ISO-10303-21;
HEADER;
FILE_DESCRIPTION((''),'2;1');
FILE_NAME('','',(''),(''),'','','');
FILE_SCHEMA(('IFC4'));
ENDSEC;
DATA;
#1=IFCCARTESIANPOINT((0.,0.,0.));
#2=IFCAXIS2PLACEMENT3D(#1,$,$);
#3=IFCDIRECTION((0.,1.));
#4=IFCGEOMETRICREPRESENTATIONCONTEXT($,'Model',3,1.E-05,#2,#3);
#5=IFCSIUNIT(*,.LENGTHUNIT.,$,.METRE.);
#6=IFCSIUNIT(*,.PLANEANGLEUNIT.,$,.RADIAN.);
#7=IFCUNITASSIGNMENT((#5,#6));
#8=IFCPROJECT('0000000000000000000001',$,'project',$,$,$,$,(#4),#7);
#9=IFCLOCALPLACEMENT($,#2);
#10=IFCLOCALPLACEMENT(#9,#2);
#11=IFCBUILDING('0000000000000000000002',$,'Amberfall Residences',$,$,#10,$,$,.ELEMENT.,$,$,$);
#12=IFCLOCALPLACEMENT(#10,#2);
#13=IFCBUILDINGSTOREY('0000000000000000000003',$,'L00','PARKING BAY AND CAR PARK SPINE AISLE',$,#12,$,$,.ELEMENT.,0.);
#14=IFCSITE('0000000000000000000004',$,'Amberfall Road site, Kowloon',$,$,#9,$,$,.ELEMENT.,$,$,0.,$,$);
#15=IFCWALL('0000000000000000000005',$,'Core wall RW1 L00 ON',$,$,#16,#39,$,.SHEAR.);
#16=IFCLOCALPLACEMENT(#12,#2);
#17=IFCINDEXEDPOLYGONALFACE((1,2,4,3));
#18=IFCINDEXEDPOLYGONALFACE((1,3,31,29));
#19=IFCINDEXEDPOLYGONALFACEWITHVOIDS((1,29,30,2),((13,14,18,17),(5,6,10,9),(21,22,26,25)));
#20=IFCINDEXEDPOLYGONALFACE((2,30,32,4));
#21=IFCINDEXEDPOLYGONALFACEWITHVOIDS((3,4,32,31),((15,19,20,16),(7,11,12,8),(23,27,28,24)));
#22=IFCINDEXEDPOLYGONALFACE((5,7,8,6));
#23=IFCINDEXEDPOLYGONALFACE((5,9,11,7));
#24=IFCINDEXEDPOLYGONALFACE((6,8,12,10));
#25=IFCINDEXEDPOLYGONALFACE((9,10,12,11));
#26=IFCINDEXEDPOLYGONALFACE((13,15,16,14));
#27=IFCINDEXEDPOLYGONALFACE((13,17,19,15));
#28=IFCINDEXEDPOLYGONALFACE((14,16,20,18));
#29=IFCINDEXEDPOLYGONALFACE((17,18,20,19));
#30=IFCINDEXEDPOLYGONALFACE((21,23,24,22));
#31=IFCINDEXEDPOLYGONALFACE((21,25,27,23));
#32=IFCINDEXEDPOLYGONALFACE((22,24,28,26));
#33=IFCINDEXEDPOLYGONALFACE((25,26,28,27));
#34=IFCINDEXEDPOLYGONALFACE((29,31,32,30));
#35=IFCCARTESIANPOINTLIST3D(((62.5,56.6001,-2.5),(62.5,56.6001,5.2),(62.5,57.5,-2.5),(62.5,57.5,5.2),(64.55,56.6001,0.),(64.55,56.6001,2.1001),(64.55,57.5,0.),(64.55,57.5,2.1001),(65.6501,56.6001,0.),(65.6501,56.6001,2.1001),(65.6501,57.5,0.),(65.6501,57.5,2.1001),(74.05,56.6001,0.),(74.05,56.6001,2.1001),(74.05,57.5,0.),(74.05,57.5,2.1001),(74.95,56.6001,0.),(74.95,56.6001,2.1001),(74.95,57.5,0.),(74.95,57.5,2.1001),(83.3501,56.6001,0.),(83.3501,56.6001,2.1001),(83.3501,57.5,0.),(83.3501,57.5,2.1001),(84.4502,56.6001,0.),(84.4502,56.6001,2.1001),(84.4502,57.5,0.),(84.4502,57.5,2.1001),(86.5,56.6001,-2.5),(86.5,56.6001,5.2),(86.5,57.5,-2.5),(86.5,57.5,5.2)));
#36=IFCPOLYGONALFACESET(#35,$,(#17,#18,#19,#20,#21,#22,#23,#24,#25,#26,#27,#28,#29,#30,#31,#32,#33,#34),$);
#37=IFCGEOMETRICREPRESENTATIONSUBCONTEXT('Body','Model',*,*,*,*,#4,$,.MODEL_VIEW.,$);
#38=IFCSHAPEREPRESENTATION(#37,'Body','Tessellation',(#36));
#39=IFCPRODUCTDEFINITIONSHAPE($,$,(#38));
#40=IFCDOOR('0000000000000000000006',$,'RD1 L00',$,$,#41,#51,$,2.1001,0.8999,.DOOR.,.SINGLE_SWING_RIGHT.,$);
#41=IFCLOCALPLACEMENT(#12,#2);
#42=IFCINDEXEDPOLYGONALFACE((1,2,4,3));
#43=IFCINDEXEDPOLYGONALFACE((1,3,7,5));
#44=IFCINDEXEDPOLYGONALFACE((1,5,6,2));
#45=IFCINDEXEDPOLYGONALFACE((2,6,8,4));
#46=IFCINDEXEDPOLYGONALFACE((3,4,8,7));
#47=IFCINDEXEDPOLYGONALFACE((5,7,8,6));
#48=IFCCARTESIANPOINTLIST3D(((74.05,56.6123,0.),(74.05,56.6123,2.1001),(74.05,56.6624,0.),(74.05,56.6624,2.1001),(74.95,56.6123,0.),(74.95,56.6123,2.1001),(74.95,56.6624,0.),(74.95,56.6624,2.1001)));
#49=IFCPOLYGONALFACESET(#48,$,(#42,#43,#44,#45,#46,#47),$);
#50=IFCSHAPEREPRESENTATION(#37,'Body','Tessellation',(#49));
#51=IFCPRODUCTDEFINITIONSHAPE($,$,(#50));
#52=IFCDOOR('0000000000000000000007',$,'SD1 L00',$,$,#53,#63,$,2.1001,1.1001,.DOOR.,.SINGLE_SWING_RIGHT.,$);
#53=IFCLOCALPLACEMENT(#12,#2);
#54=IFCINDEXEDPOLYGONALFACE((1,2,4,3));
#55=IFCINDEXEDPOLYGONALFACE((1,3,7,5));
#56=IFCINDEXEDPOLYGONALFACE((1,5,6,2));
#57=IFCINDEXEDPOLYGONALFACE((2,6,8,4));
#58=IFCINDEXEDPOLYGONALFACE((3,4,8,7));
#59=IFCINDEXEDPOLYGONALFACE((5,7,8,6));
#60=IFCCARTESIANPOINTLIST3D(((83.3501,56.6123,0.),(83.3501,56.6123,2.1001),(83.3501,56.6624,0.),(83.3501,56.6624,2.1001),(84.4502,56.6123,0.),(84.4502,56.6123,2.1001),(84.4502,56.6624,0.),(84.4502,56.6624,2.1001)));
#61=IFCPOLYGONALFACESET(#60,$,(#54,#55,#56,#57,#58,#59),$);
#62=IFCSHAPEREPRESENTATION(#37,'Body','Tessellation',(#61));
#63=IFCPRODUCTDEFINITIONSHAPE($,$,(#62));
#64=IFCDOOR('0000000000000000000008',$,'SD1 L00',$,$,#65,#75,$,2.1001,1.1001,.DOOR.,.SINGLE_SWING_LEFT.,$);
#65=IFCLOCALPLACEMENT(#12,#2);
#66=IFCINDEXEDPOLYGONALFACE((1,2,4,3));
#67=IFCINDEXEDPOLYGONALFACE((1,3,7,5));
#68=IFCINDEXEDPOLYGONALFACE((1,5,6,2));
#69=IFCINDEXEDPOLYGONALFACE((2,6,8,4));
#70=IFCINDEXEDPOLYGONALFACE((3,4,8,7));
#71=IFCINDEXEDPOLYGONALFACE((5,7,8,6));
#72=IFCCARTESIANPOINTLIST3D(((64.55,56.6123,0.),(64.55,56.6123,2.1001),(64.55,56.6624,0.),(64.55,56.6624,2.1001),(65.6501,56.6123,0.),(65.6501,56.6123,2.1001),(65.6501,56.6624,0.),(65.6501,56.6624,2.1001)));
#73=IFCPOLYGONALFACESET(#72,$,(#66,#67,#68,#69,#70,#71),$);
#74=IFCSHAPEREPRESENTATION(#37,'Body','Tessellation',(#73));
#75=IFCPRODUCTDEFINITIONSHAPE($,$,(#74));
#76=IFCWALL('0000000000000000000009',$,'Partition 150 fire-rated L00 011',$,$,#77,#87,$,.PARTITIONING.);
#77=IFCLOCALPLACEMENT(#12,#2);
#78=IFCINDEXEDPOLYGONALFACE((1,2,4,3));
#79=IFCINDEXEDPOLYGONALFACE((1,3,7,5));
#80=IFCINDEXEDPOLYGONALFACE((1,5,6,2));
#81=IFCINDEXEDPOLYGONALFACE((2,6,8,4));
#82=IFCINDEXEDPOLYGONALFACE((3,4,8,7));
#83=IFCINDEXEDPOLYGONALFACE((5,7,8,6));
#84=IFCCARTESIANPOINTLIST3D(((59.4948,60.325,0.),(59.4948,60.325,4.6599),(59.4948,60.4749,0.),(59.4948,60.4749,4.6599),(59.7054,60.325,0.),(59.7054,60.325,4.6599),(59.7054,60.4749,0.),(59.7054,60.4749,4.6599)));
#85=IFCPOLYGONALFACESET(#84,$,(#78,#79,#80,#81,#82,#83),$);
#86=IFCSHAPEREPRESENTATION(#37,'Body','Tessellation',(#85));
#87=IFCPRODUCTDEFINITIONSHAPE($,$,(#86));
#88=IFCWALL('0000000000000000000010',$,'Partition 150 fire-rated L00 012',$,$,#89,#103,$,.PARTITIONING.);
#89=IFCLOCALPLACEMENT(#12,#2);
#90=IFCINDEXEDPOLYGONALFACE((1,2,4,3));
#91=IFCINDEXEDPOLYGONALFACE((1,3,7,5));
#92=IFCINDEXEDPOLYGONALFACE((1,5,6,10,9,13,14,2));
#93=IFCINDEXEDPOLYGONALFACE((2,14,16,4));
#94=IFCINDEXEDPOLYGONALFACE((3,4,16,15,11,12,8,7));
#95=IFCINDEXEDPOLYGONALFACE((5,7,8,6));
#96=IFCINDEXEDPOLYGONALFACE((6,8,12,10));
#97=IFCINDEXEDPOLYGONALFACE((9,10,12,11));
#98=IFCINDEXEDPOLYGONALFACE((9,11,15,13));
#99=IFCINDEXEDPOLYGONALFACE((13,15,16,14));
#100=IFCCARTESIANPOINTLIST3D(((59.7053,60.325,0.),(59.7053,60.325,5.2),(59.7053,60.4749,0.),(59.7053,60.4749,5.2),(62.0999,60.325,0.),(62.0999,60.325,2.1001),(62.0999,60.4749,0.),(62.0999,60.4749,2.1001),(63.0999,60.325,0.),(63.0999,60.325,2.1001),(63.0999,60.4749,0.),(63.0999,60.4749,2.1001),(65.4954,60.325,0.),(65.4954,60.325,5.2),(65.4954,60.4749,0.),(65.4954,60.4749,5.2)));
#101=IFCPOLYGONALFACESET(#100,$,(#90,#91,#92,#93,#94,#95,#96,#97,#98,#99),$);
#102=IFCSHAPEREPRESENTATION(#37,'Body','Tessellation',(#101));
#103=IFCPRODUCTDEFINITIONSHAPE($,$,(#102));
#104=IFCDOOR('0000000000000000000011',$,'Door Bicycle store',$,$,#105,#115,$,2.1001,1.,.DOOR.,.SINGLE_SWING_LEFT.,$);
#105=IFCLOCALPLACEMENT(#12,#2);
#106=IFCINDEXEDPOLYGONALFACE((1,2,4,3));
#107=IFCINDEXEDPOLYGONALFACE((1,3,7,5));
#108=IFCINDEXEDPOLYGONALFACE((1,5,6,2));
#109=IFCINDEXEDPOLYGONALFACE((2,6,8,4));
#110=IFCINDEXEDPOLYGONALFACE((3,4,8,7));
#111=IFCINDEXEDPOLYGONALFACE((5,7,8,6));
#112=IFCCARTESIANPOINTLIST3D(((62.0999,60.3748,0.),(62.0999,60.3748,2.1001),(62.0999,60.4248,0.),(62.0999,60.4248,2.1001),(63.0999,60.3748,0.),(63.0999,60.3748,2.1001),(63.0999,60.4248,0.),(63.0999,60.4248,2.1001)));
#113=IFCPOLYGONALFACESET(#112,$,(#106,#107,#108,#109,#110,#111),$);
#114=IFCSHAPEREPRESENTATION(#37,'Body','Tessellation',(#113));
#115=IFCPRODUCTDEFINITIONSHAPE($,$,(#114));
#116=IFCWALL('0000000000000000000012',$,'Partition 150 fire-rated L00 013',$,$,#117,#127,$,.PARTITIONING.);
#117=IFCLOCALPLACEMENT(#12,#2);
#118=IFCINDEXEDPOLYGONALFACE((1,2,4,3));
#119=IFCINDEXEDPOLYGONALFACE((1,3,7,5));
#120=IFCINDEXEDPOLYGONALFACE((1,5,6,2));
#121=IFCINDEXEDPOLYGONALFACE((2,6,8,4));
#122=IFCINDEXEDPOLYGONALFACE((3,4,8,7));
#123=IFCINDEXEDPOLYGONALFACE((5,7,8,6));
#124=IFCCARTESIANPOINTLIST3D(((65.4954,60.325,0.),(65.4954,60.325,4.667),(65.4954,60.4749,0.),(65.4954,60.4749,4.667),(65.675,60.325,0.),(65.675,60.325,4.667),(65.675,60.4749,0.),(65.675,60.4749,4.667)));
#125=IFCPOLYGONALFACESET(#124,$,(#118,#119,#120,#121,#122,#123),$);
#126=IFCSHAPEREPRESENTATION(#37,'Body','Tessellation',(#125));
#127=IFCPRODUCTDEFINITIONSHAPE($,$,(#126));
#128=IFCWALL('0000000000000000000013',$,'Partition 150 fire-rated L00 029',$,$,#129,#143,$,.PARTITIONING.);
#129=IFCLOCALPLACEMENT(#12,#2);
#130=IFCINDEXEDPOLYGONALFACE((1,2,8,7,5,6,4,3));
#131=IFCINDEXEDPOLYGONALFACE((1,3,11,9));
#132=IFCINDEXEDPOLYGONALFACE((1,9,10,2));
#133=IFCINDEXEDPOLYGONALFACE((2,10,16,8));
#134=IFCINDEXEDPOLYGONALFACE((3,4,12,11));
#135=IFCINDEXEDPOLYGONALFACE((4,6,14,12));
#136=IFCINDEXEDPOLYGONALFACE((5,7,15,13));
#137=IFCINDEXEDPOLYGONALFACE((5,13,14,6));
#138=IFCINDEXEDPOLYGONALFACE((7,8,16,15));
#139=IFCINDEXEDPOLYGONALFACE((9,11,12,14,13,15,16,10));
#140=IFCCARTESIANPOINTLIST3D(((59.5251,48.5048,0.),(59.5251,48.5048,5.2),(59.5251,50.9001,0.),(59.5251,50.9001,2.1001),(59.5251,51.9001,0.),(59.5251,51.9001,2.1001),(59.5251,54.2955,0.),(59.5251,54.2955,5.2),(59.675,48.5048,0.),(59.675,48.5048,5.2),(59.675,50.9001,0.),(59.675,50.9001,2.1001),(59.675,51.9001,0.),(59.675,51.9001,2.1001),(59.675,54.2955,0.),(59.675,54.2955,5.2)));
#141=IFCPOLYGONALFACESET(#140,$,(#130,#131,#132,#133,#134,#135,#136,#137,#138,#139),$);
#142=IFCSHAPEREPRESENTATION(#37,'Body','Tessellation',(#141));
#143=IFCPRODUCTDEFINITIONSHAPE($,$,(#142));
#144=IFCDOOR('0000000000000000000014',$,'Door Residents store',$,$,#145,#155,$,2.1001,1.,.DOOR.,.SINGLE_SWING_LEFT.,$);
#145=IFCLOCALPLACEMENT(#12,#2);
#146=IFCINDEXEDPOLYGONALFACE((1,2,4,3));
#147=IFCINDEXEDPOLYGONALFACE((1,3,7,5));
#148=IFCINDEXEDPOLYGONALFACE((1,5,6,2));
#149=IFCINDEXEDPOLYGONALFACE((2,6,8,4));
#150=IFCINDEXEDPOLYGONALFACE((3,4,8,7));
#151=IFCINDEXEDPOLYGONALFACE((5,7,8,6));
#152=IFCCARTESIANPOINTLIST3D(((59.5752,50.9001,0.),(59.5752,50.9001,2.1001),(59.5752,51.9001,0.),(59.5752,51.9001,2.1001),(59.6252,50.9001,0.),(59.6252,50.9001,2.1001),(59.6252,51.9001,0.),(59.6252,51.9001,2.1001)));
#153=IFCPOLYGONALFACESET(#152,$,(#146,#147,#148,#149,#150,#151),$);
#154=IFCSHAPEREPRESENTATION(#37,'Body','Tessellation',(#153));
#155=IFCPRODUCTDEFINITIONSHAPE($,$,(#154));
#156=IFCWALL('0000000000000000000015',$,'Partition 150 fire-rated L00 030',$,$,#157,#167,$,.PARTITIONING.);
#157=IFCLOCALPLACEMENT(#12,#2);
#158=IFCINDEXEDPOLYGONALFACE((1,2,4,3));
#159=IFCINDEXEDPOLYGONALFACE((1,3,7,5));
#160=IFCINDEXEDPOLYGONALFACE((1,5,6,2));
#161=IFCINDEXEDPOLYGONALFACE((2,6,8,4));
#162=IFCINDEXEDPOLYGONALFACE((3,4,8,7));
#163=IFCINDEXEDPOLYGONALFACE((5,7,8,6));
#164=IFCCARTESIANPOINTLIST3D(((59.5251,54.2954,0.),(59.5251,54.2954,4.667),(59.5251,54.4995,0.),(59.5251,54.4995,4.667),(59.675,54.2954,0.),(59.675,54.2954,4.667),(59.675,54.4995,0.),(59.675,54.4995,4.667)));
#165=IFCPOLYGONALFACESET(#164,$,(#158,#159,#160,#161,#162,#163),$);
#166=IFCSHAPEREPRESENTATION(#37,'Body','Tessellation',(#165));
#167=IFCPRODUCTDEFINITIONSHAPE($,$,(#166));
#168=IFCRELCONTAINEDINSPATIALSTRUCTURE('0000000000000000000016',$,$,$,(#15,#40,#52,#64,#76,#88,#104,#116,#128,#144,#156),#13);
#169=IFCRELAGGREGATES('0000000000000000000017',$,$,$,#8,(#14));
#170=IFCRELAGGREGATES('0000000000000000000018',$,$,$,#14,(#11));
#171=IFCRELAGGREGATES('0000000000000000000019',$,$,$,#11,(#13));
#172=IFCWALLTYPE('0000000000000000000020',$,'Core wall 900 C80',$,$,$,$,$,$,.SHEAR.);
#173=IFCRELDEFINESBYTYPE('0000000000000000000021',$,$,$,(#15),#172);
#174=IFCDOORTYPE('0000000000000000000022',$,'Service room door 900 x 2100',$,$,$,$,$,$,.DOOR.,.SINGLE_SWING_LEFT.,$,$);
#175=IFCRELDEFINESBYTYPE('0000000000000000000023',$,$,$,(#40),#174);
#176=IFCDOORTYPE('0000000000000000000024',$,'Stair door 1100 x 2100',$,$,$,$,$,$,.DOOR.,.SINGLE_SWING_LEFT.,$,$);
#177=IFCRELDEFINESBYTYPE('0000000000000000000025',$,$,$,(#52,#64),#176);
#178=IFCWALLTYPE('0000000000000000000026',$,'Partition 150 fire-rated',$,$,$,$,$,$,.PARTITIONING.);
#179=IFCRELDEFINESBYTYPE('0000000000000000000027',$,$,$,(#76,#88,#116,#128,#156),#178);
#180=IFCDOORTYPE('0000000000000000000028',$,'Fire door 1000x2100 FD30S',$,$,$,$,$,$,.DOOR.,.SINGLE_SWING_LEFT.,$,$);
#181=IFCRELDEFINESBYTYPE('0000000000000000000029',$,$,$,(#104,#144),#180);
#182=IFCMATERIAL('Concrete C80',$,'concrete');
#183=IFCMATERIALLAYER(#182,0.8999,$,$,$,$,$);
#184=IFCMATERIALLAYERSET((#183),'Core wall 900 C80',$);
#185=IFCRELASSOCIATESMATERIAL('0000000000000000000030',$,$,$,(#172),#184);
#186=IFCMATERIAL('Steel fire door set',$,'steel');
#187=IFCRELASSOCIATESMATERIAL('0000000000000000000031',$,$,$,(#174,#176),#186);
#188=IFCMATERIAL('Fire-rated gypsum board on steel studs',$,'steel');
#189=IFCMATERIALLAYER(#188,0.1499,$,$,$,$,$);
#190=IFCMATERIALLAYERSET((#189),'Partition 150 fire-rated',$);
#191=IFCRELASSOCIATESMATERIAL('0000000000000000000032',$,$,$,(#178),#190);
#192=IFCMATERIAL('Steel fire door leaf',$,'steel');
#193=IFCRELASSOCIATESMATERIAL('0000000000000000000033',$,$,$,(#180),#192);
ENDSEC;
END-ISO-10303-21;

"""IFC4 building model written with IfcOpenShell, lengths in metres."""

from ifc_helpers import new_model, si_unit, direction, frame, frame_2d, origin, place, context, subcontext, project, spatial, rectangle, extrude, material, layer, layer_set, type_object, element, fill, save


model = new_model("IFC4")

# Units and contexts
model_context = context("Model", 3, precision=1e-05, world=origin(), true_north=direction((0.0, 1.0)))
body_context = subcontext(model_context, "Body", "Model", "MODEL_VIEW")
ifc_project = project(units=[si_unit("LENGTHUNIT", "METRE"), si_unit("PLANEANGLEUNIT", "RADIAN")], contexts=[model_context])

# Site, building, storey
site_placement = place(None, origin())
site = spatial("IfcSite", under=ifc_project, at=site_placement, Name="Amberfall Road site, Kowloon", CompositionType="ELEMENT", RefElevation=0.0)
building_placement = place(site_placement, origin())
building = spatial("IfcBuilding", under=site, at=building_placement, Name="Amberfall Residences", CompositionType="ELEMENT")
storey_placement = place(building_placement, origin())
storey = spatial("IfcBuildingStorey", under=building, at=storey_placement, Name="L00", Description="PARKING BAY AND CAR PARK SPINE AISLE", CompositionType="ELEMENT", Elevation=0.0)

# Shared definitions
ifc_material_1 = material(Name="Concrete C80", Category="concrete")

# Wall, openings, doors
ifc_layer_1 = layer(ifc_material_1, 0.8999)
ifc_layer_set_1 = layer_set([ifc_layer_1], Name="Core wall 900 C80")
wall_type_1 = type_object("IfcWallType", Name="Core wall 900 C80", PredefinedType="SHEAR", material=ifc_layer_set_1)
wall_1_placement = place(storey_placement, frame((62.5, 57.05, -2.5), z_axis=(0.0, 0.0, 1.0), x_axis=(1.0, 0.0, 0.0)))
wall_1 = element("IfcWall", 1, at=wall_1_placement, inside=storey, type_object=wall_type_1, Name="Core wall RW1 L00 ON", PredefinedType="SHEAR", context=body_context, shape_type="SweptSolid", body=[
    extrude(rectangle(XDim=24.0, YDim=0.8999, at=frame_2d((12.0, 0.0))), origin(), (0.0, 0.0, 1.0), 7.7),
])
opening_1_placement = place(wall_1_placement, frame((20.8501, 0.0, 2.5)))
opening_1 = element("IfcOpeningElement", 2, at=opening_1_placement, cuts=wall_1, PredefinedType="OPENING", context=body_context, shape_type="SweptSolid", body=[
    extrude(rectangle(XDim=1.1001, YDim=2.1001, at=frame_2d((0.55, 1.05))), frame((0.0, 0.46, 0.0), z_axis=(0.0, -1.0, 0.0), x_axis=(1.0, 0.0, 0.0)), (0.0, 0.0, 1.0), 0.9199),
])
opening_2_placement = place(wall_1_placement, frame((2.05, 0.0, 2.5)))
opening_2 = element("IfcOpeningElement", 3, at=opening_2_placement, cuts=wall_1, PredefinedType="OPENING", context=body_context, shape_type="SweptSolid", body=[
    extrude(rectangle(XDim=1.1001, YDim=2.1001, at=frame_2d((0.55, 1.05))), frame((0.0, 0.46, 0.0), z_axis=(0.0, -1.0, 0.0), x_axis=(1.0, 0.0, 0.0)), (0.0, 0.0, 1.0), 0.9199),
])
opening_3_placement = place(wall_1_placement, frame((11.55, 0.0, 2.5)))
opening_3 = element("IfcOpeningElement", 4, at=opening_3_placement, cuts=wall_1, PredefinedType="OPENING", context=body_context, shape_type="SweptSolid", body=[
    extrude(rectangle(XDim=0.8999, YDim=2.1001, at=frame_2d((0.45, 1.05))), frame((0.0, 0.46, 0.0), z_axis=(0.0, -1.0, 0.0), x_axis=(1.0, 0.0, 0.0)), (0.0, 0.0, 1.0), 0.9199),
])
ifc_material_2 = material(Name="Steel fire door set", Category="steel")
door_type_1 = type_object("IfcDoorType", Name="Service room door 900 x 2100", OperationType="SINGLE_SWING_LEFT", PredefinedType="DOOR", material=ifc_material_2)
door_1_placement = place(opening_3_placement, origin())
door_1 = element("IfcDoor", 5, at=door_1_placement, inside=storey, type_object=door_type_1, Name="RD1 L00", OperationType="SINGLE_SWING_RIGHT", OverallHeight=2.1001, OverallWidth=0.8999, PredefinedType="DOOR", context=body_context, shape_type="SweptSolid", body=[
    extrude(rectangle(XDim=0.8999, YDim=2.1001, at=frame_2d((0.45, 1.05))), frame((0.0, -0.3877, 0.0), z_axis=(0.0, -1.0, 0.0), x_axis=(1.0, 0.0, 0.0)), (0.0, 0.0, 1.0), 0.05),
])
fill(opening_3, door_1)
door_type_2 = type_object("IfcDoorType", Name="Stair door 1100 x 2100", OperationType="SINGLE_SWING_LEFT", PredefinedType="DOOR", material=ifc_material_2)
door_2_placement = place(opening_1_placement, origin())
door_2 = element("IfcDoor", 6, at=door_2_placement, inside=storey, type_object=door_type_2, Name="SD1 L00", OperationType="SINGLE_SWING_RIGHT", OverallHeight=2.1001, OverallWidth=1.1001, PredefinedType="DOOR", context=body_context, shape_type="SweptSolid", body=[
    extrude(rectangle(XDim=1.1001, YDim=2.1001, at=frame_2d((0.55, 1.05))), frame((0.0, -0.3877, 0.0), z_axis=(0.0, -1.0, 0.0), x_axis=(1.0, 0.0, 0.0)), (0.0, 0.0, 1.0), 0.05),
])
fill(opening_1, door_2)
door_3_placement = place(opening_2_placement, origin())
door_3 = element("IfcDoor", 7, at=door_3_placement, inside=storey, type_object=door_type_2, Name="SD1 L00", OperationType="SINGLE_SWING_LEFT", OverallHeight=2.1001, OverallWidth=1.1001, PredefinedType="DOOR", context=body_context, shape_type="SweptSolid", body=[
    extrude(rectangle(XDim=1.1001, YDim=2.1001, at=frame_2d((0.55, 1.05))), frame((0.0, -0.3877, 0.0), z_axis=(0.0, -1.0, 0.0), x_axis=(1.0, 0.0, 0.0)), (0.0, 0.0, 1.0), 0.05),
])
fill(opening_2, door_3)

# Wall
ifc_material_3 = material(Name="Fire-rated gypsum board on steel studs", Category="steel")
ifc_layer_2 = layer(ifc_material_3, 0.1499)
ifc_layer_set_2 = layer_set([ifc_layer_2], Name="Partition 150 fire-rated")
wall_type_2 = type_object("IfcWallType", Name="Partition 150 fire-rated", PredefinedType="PARTITIONING", material=ifc_layer_set_2)
wall_2_placement = place(storey_placement, frame((59.4946, 60.3999, 0.0), z_axis=(0.0, 0.0, 1.0), x_axis=(1.0, 0.0, 0.0)))
element("IfcWall", 8, at=wall_2_placement, inside=storey, type_object=wall_type_2, Name="Partition 150 fire-rated L00 011", PredefinedType="PARTITIONING", context=body_context, shape_type="SweptSolid", body=[
    extrude(rectangle(XDim=0.2107, YDim=0.1499, at=frame_2d((0.1055, 0.0))), origin(), (0.0, 0.0, 1.0), 4.6599),
])

# Wall, opening, door
wall_3_placement = place(storey_placement, frame((59.7053, 60.3999, 0.0), z_axis=(0.0, 0.0, 1.0), x_axis=(1.0, 0.0, 0.0)))
wall_3 = element("IfcWall", 9, at=wall_3_placement, inside=storey, type_object=wall_type_2, Name="Partition 150 fire-rated L00 012", PredefinedType="PARTITIONING", context=body_context, shape_type="SweptSolid", body=[
    extrude(rectangle(XDim=5.79, YDim=0.1499, at=frame_2d((2.895, 0.0))), origin(), (0.0, 0.0, 1.0), 5.2),
])
opening_4_placement = place(wall_3_placement, frame((2.3945, 0.0, 0.0)))
opening_4 = element("IfcOpeningElement", 10, at=opening_4_placement, cuts=wall_3, PredefinedType="OPENING", context=body_context, shape_type="SweptSolid", body=[
    extrude(rectangle(XDim=1.0, YDim=2.1001, at=frame_2d((0.5, 1.05))), frame((0.0, 0.085, 0.0), z_axis=(0.0, -1.0, 0.0), x_axis=(1.0, 0.0, 0.0)), (0.0, 0.0, 1.0), 0.1699),
])
ifc_material_4 = material(Name="Steel fire door leaf", Category="steel")
door_type_3 = type_object("IfcDoorType", Name="Fire door 1000x2100 FD30S", OperationType="SINGLE_SWING_LEFT", PredefinedType="DOOR", material=ifc_material_4)
door_4_placement = place(opening_4_placement, origin())
door_4 = element("IfcDoor", 11, at=door_4_placement, inside=storey, type_object=door_type_3, Name="Door Bicycle store", OperationType="SINGLE_SWING_LEFT", OverallHeight=2.1001, OverallWidth=1.0, PredefinedType="DOOR", context=body_context, shape_type="SweptSolid", body=[
    extrude(rectangle(XDim=1.0, YDim=2.1001, at=frame_2d((0.5, 1.05))), frame((0.0, 0.0249, 0.0), z_axis=(0.0, -1.0, 0.0), x_axis=(1.0, 0.0, 0.0)), (0.0, 0.0, 1.0), 0.05),
])
fill(opening_4, door_4)

# Wall
wall_4_placement = place(storey_placement, frame((65.4954, 60.3999, 0.0), z_axis=(0.0, 0.0, 1.0), x_axis=(1.0, 0.0, 0.0)))
element("IfcWall", 12, at=wall_4_placement, inside=storey, type_object=wall_type_2, Name="Partition 150 fire-rated L00 013", PredefinedType="PARTITIONING", context=body_context, shape_type="SweptSolid", body=[
    extrude(rectangle(XDim=0.1797, YDim=0.1499, at=frame_2d((0.0898, 0.0))), origin(), (0.0, 0.0, 1.0), 4.667),
])

# Wall, opening, door
wall_5_placement = place(storey_placement, frame((59.6001, 48.5046, 0.0), z_axis=(0.0, 0.0, 1.0), x_axis=(0.0, 1.0, 0.0)))
wall_5 = element("IfcWall", 13, at=wall_5_placement, inside=storey, type_object=wall_type_2, Name="Partition 150 fire-rated L00 029", PredefinedType="PARTITIONING", context=body_context, shape_type="SweptSolid", body=[
    extrude(rectangle(XDim=5.7908, YDim=0.1499, at=frame_2d((2.8955, 0.0))), origin(), (0.0, 0.0, 1.0), 5.2),
])
opening_5_placement = place(wall_5_placement, frame((2.3955, 0.0, 0.0)))
opening_5 = element("IfcOpeningElement", 14, at=opening_5_placement, cuts=wall_5, PredefinedType="OPENING", context=body_context, shape_type="SweptSolid", body=[
    extrude(rectangle(XDim=1.0, YDim=2.1001, at=frame_2d((0.5, 1.05))), frame((0.0, 0.085, 0.0), z_axis=(0.0, -1.0, 0.0), x_axis=(1.0, 0.0, 0.0)), (0.0, 0.0, 1.0), 0.1699),
])
door_5_placement = place(opening_5_placement, origin())
door_5 = element("IfcDoor", 15, at=door_5_placement, inside=storey, type_object=door_type_3, Name="Door Residents store", OperationType="SINGLE_SWING_LEFT", OverallHeight=2.1001, OverallWidth=1.0, PredefinedType="DOOR", context=body_context, shape_type="SweptSolid", body=[
    extrude(rectangle(XDim=1.0, YDim=2.1001, at=frame_2d((0.5, 1.05))), frame((0.0, 0.0249, 0.0), z_axis=(0.0, -1.0, 0.0), x_axis=(1.0, 0.0, 0.0)), (0.0, 0.0, 1.0), 0.05),
])
fill(opening_5, door_5)

# Wall
wall_6_placement = place(storey_placement, frame((59.6001, 54.2954, 0.0), z_axis=(0.0, 0.0, 1.0), x_axis=(0.0, 1.0, 0.0)))
element("IfcWall", 16, at=wall_6_placement, inside=storey, type_object=wall_type_2, Name="Partition 150 fire-rated L00 030", PredefinedType="PARTITIONING", context=body_context, shape_type="SweptSolid", body=[
    extrude(rectangle(XDim=0.2041, YDim=0.1499, at=frame_2d((0.1021, 0.0))), origin(), (0.0, 0.0, 1.0), 4.667),
])

save(model, "model.ifc")
